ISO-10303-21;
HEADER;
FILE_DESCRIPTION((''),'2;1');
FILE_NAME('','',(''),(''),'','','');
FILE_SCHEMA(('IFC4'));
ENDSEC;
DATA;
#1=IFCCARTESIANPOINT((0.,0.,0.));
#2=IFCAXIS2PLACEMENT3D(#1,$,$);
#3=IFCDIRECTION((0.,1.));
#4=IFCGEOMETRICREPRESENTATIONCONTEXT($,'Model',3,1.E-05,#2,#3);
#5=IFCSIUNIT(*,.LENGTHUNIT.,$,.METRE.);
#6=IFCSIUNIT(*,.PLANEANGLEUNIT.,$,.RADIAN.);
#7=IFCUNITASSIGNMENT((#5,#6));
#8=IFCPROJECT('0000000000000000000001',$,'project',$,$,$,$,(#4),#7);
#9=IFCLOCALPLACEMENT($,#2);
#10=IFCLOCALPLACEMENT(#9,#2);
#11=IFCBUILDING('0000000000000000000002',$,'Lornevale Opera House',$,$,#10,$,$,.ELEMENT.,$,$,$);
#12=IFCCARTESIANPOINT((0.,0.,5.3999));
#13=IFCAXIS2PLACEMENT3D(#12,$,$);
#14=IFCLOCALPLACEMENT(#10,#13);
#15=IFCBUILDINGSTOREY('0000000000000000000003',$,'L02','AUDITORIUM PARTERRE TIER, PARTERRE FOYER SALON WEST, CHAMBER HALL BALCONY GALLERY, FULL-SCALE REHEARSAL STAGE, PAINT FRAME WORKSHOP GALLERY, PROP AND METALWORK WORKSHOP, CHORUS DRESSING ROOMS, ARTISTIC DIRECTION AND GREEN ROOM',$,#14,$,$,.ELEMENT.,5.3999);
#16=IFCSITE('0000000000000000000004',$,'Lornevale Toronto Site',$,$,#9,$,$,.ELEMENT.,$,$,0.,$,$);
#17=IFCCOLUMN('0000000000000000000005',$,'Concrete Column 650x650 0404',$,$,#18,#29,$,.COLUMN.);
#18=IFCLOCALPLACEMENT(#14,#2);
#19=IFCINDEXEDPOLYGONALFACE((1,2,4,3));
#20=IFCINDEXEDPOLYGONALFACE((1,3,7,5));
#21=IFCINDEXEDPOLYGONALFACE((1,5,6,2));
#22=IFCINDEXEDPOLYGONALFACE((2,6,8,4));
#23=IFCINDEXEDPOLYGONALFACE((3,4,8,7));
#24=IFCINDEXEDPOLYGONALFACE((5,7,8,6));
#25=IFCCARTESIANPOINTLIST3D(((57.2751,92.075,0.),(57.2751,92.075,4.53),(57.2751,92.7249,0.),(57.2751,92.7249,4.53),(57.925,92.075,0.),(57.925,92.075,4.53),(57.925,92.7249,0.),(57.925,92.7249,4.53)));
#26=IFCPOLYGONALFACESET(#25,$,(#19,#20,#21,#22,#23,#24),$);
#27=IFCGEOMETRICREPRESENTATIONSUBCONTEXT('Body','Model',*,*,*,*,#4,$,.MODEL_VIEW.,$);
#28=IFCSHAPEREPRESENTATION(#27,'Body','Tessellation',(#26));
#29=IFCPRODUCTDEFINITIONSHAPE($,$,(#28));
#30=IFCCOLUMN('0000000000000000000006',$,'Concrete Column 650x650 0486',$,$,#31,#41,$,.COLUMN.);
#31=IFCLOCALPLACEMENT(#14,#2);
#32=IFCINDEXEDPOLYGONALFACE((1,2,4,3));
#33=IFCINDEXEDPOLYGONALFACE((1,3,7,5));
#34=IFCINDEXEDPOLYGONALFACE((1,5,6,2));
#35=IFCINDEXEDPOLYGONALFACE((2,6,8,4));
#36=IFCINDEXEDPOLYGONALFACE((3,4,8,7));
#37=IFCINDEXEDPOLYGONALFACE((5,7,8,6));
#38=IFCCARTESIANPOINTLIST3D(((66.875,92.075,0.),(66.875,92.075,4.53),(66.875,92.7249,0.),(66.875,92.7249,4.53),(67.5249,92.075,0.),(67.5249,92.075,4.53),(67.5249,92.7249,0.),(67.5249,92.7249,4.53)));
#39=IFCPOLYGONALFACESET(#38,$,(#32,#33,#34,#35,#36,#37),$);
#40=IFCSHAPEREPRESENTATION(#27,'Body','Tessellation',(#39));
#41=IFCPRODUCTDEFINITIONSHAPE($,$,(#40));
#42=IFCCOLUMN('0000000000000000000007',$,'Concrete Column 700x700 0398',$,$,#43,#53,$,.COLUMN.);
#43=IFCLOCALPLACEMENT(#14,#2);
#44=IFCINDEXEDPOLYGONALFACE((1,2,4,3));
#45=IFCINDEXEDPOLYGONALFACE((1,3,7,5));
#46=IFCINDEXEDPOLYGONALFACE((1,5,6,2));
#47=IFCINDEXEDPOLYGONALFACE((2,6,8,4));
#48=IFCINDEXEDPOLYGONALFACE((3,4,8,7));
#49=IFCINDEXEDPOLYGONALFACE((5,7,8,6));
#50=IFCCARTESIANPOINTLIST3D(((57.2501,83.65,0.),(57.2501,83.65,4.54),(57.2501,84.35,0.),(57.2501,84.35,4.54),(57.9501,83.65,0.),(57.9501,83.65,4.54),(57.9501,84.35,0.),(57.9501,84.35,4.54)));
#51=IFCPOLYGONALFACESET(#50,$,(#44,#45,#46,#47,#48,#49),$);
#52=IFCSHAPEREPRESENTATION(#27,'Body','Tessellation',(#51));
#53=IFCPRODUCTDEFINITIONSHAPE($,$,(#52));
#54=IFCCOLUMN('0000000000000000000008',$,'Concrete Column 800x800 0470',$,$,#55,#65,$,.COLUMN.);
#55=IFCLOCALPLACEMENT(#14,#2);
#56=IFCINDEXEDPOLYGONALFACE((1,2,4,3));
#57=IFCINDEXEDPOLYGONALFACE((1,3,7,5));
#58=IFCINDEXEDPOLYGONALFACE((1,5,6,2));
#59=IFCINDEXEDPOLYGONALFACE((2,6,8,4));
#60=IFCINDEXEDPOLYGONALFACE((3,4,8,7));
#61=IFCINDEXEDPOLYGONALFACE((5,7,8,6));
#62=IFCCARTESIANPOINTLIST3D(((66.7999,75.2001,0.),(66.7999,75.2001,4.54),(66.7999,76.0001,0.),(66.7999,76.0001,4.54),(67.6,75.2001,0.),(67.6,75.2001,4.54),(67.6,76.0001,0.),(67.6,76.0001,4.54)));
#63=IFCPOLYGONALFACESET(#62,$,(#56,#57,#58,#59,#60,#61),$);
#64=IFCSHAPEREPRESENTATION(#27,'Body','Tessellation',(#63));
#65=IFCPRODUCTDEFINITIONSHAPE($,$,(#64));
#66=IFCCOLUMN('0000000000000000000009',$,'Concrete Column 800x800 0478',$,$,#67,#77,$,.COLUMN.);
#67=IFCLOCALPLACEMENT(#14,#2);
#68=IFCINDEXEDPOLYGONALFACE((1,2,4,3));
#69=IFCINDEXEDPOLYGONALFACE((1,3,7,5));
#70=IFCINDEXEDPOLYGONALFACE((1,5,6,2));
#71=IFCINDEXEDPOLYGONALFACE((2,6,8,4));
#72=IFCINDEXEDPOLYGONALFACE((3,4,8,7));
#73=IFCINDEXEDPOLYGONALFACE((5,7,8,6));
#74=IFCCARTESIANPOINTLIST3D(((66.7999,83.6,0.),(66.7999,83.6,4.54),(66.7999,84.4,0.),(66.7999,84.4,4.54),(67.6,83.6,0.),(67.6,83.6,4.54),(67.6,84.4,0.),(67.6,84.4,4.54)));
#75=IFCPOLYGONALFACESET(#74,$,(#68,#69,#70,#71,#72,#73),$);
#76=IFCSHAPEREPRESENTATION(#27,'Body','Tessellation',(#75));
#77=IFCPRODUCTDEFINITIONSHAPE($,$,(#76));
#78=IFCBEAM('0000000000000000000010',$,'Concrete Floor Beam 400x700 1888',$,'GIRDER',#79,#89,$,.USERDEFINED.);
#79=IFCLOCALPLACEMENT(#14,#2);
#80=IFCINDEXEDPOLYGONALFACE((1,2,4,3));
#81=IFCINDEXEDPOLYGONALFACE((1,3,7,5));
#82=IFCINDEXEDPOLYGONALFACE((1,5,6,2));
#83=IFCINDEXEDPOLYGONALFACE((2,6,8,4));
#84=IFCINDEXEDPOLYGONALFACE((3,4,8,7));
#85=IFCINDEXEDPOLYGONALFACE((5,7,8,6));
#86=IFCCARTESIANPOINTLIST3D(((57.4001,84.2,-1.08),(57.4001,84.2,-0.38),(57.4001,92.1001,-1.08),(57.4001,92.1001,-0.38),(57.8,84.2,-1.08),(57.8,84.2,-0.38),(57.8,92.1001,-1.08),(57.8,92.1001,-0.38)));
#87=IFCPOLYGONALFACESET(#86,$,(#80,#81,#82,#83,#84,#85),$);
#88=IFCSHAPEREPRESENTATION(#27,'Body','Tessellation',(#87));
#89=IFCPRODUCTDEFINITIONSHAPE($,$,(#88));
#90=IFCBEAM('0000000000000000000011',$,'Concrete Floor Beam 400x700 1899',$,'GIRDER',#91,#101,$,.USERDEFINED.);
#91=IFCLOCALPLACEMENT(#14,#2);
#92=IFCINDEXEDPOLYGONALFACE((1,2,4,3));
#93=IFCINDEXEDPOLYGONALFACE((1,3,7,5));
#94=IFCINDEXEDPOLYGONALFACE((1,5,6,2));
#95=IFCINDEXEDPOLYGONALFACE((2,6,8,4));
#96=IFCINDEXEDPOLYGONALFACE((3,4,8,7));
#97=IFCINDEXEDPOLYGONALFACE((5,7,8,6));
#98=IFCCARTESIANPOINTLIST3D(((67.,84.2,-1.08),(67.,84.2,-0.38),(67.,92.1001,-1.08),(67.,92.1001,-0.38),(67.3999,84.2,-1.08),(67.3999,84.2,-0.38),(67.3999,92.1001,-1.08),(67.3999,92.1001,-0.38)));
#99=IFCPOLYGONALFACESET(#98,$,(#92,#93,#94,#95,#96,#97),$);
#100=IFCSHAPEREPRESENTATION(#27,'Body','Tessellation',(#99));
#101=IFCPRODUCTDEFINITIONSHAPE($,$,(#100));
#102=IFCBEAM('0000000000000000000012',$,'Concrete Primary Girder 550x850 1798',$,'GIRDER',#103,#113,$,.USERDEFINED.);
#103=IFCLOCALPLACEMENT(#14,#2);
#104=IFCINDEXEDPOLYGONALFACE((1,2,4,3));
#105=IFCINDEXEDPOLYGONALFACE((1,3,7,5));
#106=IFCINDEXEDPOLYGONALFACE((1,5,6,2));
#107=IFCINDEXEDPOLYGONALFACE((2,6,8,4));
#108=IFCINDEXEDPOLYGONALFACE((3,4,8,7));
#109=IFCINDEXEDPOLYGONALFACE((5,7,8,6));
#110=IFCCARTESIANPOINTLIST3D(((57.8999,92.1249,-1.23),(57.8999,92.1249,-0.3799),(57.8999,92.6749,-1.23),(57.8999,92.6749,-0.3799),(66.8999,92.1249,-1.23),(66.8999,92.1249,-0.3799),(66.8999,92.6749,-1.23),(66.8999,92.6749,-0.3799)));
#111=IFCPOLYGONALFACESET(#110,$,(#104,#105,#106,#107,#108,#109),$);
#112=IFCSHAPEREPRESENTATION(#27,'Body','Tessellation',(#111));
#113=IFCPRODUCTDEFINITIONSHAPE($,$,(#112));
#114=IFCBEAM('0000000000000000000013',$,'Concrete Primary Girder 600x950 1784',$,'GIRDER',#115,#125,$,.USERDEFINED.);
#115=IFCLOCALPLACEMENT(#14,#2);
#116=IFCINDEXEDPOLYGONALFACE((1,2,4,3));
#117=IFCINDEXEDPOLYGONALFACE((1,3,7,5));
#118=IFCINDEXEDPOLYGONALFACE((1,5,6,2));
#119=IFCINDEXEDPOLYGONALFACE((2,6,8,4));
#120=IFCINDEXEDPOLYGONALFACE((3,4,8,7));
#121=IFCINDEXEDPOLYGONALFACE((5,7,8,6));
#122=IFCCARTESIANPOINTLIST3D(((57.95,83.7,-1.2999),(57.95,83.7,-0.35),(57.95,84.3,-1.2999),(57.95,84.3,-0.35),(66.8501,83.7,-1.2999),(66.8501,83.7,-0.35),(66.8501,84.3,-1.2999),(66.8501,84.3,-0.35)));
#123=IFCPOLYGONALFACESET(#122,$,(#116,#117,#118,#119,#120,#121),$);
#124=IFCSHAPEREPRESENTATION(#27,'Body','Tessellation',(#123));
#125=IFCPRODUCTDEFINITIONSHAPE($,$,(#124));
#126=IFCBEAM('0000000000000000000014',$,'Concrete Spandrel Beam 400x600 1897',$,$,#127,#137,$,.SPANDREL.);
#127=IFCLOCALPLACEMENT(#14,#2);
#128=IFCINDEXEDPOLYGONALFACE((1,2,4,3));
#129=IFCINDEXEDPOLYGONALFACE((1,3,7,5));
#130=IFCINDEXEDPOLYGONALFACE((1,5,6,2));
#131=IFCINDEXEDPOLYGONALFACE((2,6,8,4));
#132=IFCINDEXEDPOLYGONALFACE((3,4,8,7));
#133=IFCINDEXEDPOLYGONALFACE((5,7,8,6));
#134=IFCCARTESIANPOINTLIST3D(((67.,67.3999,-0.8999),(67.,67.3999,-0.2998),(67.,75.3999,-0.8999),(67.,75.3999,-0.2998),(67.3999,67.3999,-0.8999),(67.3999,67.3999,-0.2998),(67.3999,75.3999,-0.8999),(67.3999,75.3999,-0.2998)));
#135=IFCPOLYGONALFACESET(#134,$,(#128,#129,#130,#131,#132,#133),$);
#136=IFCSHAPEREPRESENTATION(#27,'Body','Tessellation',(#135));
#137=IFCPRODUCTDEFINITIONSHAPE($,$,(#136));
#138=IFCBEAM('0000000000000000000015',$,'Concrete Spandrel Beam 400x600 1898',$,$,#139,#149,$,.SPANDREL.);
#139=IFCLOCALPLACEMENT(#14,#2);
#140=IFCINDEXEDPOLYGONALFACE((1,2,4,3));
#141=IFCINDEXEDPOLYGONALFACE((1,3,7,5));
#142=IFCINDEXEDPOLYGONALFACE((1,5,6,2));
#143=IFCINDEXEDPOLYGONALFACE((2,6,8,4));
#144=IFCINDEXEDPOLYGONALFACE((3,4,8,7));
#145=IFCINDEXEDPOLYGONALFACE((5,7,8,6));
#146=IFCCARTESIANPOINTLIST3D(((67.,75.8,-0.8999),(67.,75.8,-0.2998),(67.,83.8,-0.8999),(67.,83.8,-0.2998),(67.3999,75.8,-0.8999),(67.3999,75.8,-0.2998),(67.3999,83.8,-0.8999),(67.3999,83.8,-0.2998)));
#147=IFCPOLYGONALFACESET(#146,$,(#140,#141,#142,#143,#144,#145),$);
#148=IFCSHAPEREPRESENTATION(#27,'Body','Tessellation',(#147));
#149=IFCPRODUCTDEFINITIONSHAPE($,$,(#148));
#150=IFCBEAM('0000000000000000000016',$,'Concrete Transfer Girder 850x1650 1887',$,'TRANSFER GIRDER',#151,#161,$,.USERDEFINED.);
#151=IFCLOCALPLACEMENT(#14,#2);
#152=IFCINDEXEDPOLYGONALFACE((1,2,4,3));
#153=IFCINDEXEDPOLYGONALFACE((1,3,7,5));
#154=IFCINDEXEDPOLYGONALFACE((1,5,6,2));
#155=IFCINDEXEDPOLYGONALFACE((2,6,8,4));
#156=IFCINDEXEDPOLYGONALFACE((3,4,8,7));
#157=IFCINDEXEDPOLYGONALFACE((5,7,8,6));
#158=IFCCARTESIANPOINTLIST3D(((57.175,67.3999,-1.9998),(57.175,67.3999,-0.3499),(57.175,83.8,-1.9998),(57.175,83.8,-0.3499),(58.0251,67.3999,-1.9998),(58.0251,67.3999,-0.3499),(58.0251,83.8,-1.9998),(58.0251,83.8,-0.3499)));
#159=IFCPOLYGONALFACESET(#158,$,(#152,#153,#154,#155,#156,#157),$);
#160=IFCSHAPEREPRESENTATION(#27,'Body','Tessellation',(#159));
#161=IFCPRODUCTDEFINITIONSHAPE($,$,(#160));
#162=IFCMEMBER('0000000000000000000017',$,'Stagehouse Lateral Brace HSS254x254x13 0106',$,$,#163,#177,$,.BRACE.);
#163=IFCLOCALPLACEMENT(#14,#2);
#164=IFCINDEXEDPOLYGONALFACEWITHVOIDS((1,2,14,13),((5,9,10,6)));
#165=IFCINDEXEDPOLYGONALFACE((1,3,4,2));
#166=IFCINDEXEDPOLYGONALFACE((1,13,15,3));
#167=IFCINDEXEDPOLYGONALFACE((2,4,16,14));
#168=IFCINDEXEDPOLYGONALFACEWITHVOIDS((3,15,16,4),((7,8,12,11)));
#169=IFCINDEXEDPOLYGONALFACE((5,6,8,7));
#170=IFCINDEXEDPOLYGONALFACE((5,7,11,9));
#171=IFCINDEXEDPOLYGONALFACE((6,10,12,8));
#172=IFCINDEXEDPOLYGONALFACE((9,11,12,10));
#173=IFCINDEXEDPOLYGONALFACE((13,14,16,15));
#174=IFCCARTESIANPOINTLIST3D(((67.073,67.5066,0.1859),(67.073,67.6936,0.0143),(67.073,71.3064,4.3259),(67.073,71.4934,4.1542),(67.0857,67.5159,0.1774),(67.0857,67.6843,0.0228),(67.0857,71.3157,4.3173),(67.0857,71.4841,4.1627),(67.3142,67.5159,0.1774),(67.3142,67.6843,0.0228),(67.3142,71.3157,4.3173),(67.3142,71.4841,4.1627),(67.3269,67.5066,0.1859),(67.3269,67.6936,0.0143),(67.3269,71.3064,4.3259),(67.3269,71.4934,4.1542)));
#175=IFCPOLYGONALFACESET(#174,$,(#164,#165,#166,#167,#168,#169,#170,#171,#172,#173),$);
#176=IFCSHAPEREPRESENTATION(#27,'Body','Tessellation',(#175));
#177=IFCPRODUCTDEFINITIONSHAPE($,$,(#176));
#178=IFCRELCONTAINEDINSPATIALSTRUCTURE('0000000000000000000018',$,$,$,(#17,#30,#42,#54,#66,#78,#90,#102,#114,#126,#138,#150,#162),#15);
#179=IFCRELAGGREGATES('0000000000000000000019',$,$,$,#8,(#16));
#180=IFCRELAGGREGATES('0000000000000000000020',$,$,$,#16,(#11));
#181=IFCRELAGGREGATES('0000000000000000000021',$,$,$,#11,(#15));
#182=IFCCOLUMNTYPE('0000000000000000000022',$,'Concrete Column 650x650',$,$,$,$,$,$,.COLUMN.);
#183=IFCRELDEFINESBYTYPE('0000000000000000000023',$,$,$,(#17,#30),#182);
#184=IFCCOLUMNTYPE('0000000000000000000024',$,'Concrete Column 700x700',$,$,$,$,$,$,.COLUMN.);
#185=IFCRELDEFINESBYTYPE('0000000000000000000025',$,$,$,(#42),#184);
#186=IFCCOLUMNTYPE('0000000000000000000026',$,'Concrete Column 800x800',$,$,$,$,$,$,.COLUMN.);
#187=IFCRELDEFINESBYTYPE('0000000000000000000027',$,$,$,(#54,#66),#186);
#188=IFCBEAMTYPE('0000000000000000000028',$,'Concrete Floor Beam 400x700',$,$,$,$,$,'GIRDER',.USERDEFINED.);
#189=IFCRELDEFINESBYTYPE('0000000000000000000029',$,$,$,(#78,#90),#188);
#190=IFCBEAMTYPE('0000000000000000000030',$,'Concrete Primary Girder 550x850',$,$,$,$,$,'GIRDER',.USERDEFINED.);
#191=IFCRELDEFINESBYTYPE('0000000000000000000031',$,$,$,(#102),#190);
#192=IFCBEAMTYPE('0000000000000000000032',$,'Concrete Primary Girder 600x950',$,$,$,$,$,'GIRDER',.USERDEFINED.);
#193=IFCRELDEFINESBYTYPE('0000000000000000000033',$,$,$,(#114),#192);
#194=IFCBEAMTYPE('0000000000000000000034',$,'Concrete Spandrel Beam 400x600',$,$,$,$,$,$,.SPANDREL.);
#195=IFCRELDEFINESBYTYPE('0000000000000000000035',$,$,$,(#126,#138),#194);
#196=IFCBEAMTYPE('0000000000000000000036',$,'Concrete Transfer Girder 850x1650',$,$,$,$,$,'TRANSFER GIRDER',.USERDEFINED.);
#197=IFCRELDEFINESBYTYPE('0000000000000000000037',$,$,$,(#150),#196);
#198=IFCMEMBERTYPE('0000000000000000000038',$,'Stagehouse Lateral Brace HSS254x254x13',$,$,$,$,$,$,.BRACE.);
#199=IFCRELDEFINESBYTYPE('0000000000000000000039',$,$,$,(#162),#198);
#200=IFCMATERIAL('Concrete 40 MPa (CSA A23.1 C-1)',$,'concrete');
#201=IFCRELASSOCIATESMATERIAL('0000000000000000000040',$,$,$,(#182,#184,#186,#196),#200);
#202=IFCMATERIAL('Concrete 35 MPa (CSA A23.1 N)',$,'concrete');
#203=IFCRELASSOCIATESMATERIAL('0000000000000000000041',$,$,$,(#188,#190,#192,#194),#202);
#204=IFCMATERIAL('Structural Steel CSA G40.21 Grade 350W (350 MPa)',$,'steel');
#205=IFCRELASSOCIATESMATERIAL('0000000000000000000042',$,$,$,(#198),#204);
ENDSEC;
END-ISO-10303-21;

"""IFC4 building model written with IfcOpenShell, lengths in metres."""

from ifc_helpers import new_model, si_unit, direction, frame, origin, origin_2d, place, context, subcontext, project, spatial, rectangle, hollow_rectangle, extrude, material, material_profile, profile_set, type_object, element, save


model = new_model("IFC4")

# Units and contexts
model_context = context("Model", 3, precision=1e-05, world=origin(), true_north=direction((0.0, 1.0)))
body_context = subcontext(model_context, "Body", "Model", "MODEL_VIEW")
ifc_project = project(units=[si_unit("LENGTHUNIT", "METRE"), si_unit("PLANEANGLEUNIT", "RADIAN")], contexts=[model_context])

# Site, building, storey
site_placement = place(None, origin())
site = spatial("IfcSite", under=ifc_project, at=site_placement, Name="Lornevale Toronto Site", CompositionType="ELEMENT", RefElevation=0.0)
building_placement = place(site_placement, origin())
building = spatial("IfcBuilding", under=site, at=building_placement, Name="Lornevale Opera House", CompositionType="ELEMENT")
storey_placement = place(building_placement, frame((0.0, 0.0, 5.3999)))
storey = spatial("IfcBuildingStorey", under=building, at=storey_placement, Name="L02", Description="AUDITORIUM PARTERRE TIER, PARTERRE FOYER SALON WEST, CHAMBER HALL BALCONY GALLERY, FULL-SCALE REHEARSAL STAGE, PAINT FRAME WORKSHOP GALLERY, PROP AND METALWORK WORKSHOP, CHORUS DRESSING ROOMS, ARTISTIC DIRECTION AND GREEN ROOM", CompositionType="ELEMENT", Elevation=5.3999)

# Columns
ifc_material_1 = material(Name="Concrete 40 MPa (CSA A23.1 C-1)", Category="concrete")
ifc_material_profile_1 = material_profile(ifc_material_1, rectangle(XDim=0.6499, YDim=0.6499, at=origin_2d()), Name="RC650x650")
ifc_profile_set_1 = profile_set([ifc_material_profile_1], Name="Concrete 40 MPa (CSA A23.1 C-1)")
column_type_1 = type_object("IfcColumnType", Name="Concrete Column 650x650", PredefinedType="COLUMN", material=ifc_profile_set_1)
for number, where, z_axis, x_axis, name in (
    (1, (57.6001, 92.3999, 0.0), (0.0, 0.0, 1.0), (1.0, 0.0, 0.0), "Concrete Column 650x650 0404"),
    (2, (67.2, 92.3999, 0.0), (0.0, 0.0, 1.0), (1.0, 0.0, 0.0), "Concrete Column 650x650 0486"),
):
    element("IfcColumn", number, at=place(storey_placement, frame(where, z_axis=z_axis, x_axis=x_axis)), inside=storey, type_object=column_type_1, Name=name, PredefinedType="COLUMN", context=body_context, shape_type="SweptSolid", body=[
        extrude(rectangle(XDim=0.6499, YDim=0.6499, at=origin_2d()), origin(), (0.0, 0.0, 1.0), 4.53),
    ])
ifc_material_profile_2 = material_profile(ifc_material_1, rectangle(XDim=0.7, YDim=0.7, at=origin_2d()), Name="RC700x700")
ifc_profile_set_2 = profile_set([ifc_material_profile_2], Name="Concrete 40 MPa (CSA A23.1 C-1)")
column_type_2 = type_object("IfcColumnType", Name="Concrete Column 700x700", PredefinedType="COLUMN", material=ifc_profile_set_2)
column_placement = place(storey_placement, frame((57.6001, 84.0, 0.0), z_axis=(0.0, 0.0, 1.0), x_axis=(1.0, 0.0, 0.0)))
element("IfcColumn", 3, at=column_placement, inside=storey, type_object=column_type_2, Name="Concrete Column 700x700 0398", PredefinedType="COLUMN", context=body_context, shape_type="SweptSolid", body=[
    extrude(rectangle(XDim=0.7, YDim=0.7, at=origin_2d()), origin(), (0.0, 0.0, 1.0), 4.54),
])
ifc_material_profile_3 = material_profile(ifc_material_1, rectangle(XDim=0.8, YDim=0.8, at=origin_2d()), Name="RC800x800")
ifc_profile_set_3 = profile_set([ifc_material_profile_3], Name="Concrete 40 MPa (CSA A23.1 C-1)")
column_type_3 = type_object("IfcColumnType", Name="Concrete Column 800x800", PredefinedType="COLUMN", material=ifc_profile_set_3)
for number, where, z_axis, x_axis, name in (
    (4, (67.2, 75.6001, 0.0), (0.0, 0.0, 1.0), (1.0, 0.0, 0.0), "Concrete Column 800x800 0470"),
    (5, (67.2, 84.0, 0.0), (0.0, 0.0, 1.0), (1.0, 0.0, 0.0), "Concrete Column 800x800 0478"),
):
    element("IfcColumn", number, at=place(storey_placement, frame(where, z_axis=z_axis, x_axis=x_axis)), inside=storey, type_object=column_type_3, Name=name, PredefinedType="COLUMN", context=body_context, shape_type="SweptSolid", body=[
        extrude(rectangle(XDim=0.8, YDim=0.8, at=origin_2d()), origin(), (0.0, 0.0, 1.0), 4.54),
    ])

# Beams
ifc_material_2 = material(Name="Concrete 35 MPa (CSA A23.1 N)", Category="concrete")
ifc_material_profile_4 = material_profile(ifc_material_2, rectangle(XDim=0.3999, YDim=0.7, at=origin_2d()), Name="RC400x700")
ifc_profile_set_4 = profile_set([ifc_material_profile_4], Name="Concrete 35 MPa (CSA A23.1 N)")
beam_type_1 = type_object("IfcBeamType", Name="Concrete Floor Beam 400x700", ElementType="GIRDER", PredefinedType="USERDEFINED", material=ifc_profile_set_4)
for number, where, z_axis, x_axis, name in (
    (6, (57.6001, 84.2, -0.73), (0.0, 1.0, 0.0), (-1.0, 0.0, 0.0), "Concrete Floor Beam 400x700 1888"),
    (7, (67.2, 84.2, -0.73), (0.0, 1.0, 0.0), (-1.0, 0.0, 0.0), "Concrete Floor Beam 400x700 1899"),
):
    element("IfcBeam", number, at=place(storey_placement, frame(where, z_axis=z_axis, x_axis=x_axis)), inside=storey, type_object=beam_type_1, Name=name, ObjectType="GIRDER", PredefinedType="USERDEFINED", context=body_context, shape_type="SweptSolid", body=[
        extrude(rectangle(XDim=0.3999, YDim=0.7, at=origin_2d()), origin(), (0.0, 0.0, 1.0), 7.9001),
    ])
ifc_material_profile_5 = material_profile(ifc_material_2, rectangle(XDim=0.55, YDim=0.8501, at=origin_2d()), Name="RC550x850")
ifc_profile_set_5 = profile_set([ifc_material_profile_5], Name="Concrete 35 MPa (CSA A23.1 N)")
beam_type_2 = type_object("IfcBeamType", Name="Concrete Primary Girder 550x850", ElementType="GIRDER", PredefinedType="USERDEFINED", material=ifc_profile_set_5)
beam_1_placement = place(storey_placement, frame((57.8999, 92.3999, -0.8049), z_axis=(1.0, 0.0, 0.0), x_axis=(0.0, 1.0, 0.0)))
element("IfcBeam", 8, at=beam_1_placement, inside=storey, type_object=beam_type_2, Name="Concrete Primary Girder 550x850 1798", ObjectType="GIRDER", PredefinedType="USERDEFINED", context=body_context, shape_type="SweptSolid", body=[
    extrude(rectangle(XDim=0.55, YDim=0.8501, at=origin_2d()), origin(), (0.0, 0.0, 1.0), 9.0),
])
ifc_material_profile_6 = material_profile(ifc_material_2, rectangle(XDim=0.6001, YDim=0.95, at=origin_2d()), Name="RC600x950")
ifc_profile_set_6 = profile_set([ifc_material_profile_6], Name="Concrete 35 MPa (CSA A23.1 N)")
beam_type_3 = type_object("IfcBeamType", Name="Concrete Primary Girder 600x950", ElementType="GIRDER", PredefinedType="USERDEFINED", material=ifc_profile_set_6)
beam_2_placement = place(storey_placement, frame((57.95, 84.0, -0.825), z_axis=(1.0, 0.0, 0.0), x_axis=(0.0, 1.0, 0.0)))
element("IfcBeam", 9, at=beam_2_placement, inside=storey, type_object=beam_type_3, Name="Concrete Primary Girder 600x950 1784", ObjectType="GIRDER", PredefinedType="USERDEFINED", context=body_context, shape_type="SweptSolid", body=[
    extrude(rectangle(XDim=0.6001, YDim=0.95, at=origin_2d()), origin(), (0.0, 0.0, 1.0), 8.9001),
])
ifc_material_profile_7 = material_profile(ifc_material_2, rectangle(XDim=0.3999, YDim=0.6001, at=origin_2d()), Name="RC400x600")
ifc_profile_set_7 = profile_set([ifc_material_profile_7], Name="Concrete 35 MPa (CSA A23.1 N)")
beam_type_4 = type_object("IfcBeamType", Name="Concrete Spandrel Beam 400x600", PredefinedType="SPANDREL", material=ifc_profile_set_7)
for number, where, z_axis, x_axis, name in (
    (10, (67.2, 67.3999, -0.5999), (0.0, 1.0, 0.0), (-1.0, 0.0, 0.0), "Concrete Spandrel Beam 400x600 1897"),
    (11, (67.2, 75.8, -0.5999), (0.0, 1.0, 0.0), (-1.0, 0.0, 0.0), "Concrete Spandrel Beam 400x600 1898"),
):
    element("IfcBeam", number, at=place(storey_placement, frame(where, z_axis=z_axis, x_axis=x_axis)), inside=storey, type_object=beam_type_4, Name=name, PredefinedType="SPANDREL", context=body_context, shape_type="SweptSolid", body=[
        extrude(rectangle(XDim=0.3999, YDim=0.6001, at=origin_2d()), origin(), (0.0, 0.0, 1.0), 8.0),
    ])
ifc_material_profile_8 = material_profile(ifc_material_1, rectangle(XDim=0.8501, YDim=1.6499, at=origin_2d()), Name="RC850x1650")
ifc_profile_set_8 = profile_set([ifc_material_profile_8], Name="Concrete 40 MPa (CSA A23.1 C-1)")
beam_type_5 = type_object("IfcBeamType", Name="Concrete Transfer Girder 850x1650", ElementType="TRANSFER GIRDER", PredefinedType="USERDEFINED", material=ifc_profile_set_8)
beam_3_placement = place(storey_placement, frame((57.6001, 67.3999, -1.1748), z_axis=(0.0, 1.0, 0.0), x_axis=(-1.0, 0.0, 0.0)))
element("IfcBeam", 12, at=beam_3_placement, inside=storey, type_object=beam_type_5, Name="Concrete Transfer Girder 850x1650 1887", ObjectType="TRANSFER GIRDER", PredefinedType="USERDEFINED", context=body_context, shape_type="SweptSolid", body=[
    extrude(rectangle(XDim=0.8501, YDim=1.6499, at=origin_2d()), origin(), (0.0, 0.0, 1.0), 16.4001),
])

# Member
ifc_material_3 = material(Name="Structural Steel CSA G40.21 Grade 350W (350 MPa)", Category="steel")
ifc_material_profile_9 = material_profile(ifc_material_3, hollow_rectangle(XDim=0.2539, YDim=0.2539, WallThickness=0.0127, at=origin_2d()), Name="HSS254x254x13")
ifc_profile_set_9 = profile_set([ifc_material_profile_9], Name="Structural Steel CSA G40.21 Grade 350W (350 MPa)")
member_type = type_object("IfcMemberType", Name="Stagehouse Lateral Brace HSS254x254x13", PredefinedType="BRACE", material=ifc_profile_set_9)
member_1_placement = place(storey_placement, frame((67.2, 67.6001, 0.1001), z_axis=(0.0, 0.676199, 0.736719), x_axis=(-1.0, 0.0, 0.0)))
element("IfcMember", 13, at=member_1_placement, inside=storey, type_object=member_type, Name="Stagehouse Lateral Brace HSS254x254x13 0106", PredefinedType="BRACE", context=body_context, shape_type="SweptSolid", body=[
    extrude(hollow_rectangle(XDim=0.2539, YDim=0.2539, WallThickness=0.0127, at=origin_2d()), origin(), (0.0, 0.0, 1.0), 5.6194),
])

save(model, "model.ifc")
